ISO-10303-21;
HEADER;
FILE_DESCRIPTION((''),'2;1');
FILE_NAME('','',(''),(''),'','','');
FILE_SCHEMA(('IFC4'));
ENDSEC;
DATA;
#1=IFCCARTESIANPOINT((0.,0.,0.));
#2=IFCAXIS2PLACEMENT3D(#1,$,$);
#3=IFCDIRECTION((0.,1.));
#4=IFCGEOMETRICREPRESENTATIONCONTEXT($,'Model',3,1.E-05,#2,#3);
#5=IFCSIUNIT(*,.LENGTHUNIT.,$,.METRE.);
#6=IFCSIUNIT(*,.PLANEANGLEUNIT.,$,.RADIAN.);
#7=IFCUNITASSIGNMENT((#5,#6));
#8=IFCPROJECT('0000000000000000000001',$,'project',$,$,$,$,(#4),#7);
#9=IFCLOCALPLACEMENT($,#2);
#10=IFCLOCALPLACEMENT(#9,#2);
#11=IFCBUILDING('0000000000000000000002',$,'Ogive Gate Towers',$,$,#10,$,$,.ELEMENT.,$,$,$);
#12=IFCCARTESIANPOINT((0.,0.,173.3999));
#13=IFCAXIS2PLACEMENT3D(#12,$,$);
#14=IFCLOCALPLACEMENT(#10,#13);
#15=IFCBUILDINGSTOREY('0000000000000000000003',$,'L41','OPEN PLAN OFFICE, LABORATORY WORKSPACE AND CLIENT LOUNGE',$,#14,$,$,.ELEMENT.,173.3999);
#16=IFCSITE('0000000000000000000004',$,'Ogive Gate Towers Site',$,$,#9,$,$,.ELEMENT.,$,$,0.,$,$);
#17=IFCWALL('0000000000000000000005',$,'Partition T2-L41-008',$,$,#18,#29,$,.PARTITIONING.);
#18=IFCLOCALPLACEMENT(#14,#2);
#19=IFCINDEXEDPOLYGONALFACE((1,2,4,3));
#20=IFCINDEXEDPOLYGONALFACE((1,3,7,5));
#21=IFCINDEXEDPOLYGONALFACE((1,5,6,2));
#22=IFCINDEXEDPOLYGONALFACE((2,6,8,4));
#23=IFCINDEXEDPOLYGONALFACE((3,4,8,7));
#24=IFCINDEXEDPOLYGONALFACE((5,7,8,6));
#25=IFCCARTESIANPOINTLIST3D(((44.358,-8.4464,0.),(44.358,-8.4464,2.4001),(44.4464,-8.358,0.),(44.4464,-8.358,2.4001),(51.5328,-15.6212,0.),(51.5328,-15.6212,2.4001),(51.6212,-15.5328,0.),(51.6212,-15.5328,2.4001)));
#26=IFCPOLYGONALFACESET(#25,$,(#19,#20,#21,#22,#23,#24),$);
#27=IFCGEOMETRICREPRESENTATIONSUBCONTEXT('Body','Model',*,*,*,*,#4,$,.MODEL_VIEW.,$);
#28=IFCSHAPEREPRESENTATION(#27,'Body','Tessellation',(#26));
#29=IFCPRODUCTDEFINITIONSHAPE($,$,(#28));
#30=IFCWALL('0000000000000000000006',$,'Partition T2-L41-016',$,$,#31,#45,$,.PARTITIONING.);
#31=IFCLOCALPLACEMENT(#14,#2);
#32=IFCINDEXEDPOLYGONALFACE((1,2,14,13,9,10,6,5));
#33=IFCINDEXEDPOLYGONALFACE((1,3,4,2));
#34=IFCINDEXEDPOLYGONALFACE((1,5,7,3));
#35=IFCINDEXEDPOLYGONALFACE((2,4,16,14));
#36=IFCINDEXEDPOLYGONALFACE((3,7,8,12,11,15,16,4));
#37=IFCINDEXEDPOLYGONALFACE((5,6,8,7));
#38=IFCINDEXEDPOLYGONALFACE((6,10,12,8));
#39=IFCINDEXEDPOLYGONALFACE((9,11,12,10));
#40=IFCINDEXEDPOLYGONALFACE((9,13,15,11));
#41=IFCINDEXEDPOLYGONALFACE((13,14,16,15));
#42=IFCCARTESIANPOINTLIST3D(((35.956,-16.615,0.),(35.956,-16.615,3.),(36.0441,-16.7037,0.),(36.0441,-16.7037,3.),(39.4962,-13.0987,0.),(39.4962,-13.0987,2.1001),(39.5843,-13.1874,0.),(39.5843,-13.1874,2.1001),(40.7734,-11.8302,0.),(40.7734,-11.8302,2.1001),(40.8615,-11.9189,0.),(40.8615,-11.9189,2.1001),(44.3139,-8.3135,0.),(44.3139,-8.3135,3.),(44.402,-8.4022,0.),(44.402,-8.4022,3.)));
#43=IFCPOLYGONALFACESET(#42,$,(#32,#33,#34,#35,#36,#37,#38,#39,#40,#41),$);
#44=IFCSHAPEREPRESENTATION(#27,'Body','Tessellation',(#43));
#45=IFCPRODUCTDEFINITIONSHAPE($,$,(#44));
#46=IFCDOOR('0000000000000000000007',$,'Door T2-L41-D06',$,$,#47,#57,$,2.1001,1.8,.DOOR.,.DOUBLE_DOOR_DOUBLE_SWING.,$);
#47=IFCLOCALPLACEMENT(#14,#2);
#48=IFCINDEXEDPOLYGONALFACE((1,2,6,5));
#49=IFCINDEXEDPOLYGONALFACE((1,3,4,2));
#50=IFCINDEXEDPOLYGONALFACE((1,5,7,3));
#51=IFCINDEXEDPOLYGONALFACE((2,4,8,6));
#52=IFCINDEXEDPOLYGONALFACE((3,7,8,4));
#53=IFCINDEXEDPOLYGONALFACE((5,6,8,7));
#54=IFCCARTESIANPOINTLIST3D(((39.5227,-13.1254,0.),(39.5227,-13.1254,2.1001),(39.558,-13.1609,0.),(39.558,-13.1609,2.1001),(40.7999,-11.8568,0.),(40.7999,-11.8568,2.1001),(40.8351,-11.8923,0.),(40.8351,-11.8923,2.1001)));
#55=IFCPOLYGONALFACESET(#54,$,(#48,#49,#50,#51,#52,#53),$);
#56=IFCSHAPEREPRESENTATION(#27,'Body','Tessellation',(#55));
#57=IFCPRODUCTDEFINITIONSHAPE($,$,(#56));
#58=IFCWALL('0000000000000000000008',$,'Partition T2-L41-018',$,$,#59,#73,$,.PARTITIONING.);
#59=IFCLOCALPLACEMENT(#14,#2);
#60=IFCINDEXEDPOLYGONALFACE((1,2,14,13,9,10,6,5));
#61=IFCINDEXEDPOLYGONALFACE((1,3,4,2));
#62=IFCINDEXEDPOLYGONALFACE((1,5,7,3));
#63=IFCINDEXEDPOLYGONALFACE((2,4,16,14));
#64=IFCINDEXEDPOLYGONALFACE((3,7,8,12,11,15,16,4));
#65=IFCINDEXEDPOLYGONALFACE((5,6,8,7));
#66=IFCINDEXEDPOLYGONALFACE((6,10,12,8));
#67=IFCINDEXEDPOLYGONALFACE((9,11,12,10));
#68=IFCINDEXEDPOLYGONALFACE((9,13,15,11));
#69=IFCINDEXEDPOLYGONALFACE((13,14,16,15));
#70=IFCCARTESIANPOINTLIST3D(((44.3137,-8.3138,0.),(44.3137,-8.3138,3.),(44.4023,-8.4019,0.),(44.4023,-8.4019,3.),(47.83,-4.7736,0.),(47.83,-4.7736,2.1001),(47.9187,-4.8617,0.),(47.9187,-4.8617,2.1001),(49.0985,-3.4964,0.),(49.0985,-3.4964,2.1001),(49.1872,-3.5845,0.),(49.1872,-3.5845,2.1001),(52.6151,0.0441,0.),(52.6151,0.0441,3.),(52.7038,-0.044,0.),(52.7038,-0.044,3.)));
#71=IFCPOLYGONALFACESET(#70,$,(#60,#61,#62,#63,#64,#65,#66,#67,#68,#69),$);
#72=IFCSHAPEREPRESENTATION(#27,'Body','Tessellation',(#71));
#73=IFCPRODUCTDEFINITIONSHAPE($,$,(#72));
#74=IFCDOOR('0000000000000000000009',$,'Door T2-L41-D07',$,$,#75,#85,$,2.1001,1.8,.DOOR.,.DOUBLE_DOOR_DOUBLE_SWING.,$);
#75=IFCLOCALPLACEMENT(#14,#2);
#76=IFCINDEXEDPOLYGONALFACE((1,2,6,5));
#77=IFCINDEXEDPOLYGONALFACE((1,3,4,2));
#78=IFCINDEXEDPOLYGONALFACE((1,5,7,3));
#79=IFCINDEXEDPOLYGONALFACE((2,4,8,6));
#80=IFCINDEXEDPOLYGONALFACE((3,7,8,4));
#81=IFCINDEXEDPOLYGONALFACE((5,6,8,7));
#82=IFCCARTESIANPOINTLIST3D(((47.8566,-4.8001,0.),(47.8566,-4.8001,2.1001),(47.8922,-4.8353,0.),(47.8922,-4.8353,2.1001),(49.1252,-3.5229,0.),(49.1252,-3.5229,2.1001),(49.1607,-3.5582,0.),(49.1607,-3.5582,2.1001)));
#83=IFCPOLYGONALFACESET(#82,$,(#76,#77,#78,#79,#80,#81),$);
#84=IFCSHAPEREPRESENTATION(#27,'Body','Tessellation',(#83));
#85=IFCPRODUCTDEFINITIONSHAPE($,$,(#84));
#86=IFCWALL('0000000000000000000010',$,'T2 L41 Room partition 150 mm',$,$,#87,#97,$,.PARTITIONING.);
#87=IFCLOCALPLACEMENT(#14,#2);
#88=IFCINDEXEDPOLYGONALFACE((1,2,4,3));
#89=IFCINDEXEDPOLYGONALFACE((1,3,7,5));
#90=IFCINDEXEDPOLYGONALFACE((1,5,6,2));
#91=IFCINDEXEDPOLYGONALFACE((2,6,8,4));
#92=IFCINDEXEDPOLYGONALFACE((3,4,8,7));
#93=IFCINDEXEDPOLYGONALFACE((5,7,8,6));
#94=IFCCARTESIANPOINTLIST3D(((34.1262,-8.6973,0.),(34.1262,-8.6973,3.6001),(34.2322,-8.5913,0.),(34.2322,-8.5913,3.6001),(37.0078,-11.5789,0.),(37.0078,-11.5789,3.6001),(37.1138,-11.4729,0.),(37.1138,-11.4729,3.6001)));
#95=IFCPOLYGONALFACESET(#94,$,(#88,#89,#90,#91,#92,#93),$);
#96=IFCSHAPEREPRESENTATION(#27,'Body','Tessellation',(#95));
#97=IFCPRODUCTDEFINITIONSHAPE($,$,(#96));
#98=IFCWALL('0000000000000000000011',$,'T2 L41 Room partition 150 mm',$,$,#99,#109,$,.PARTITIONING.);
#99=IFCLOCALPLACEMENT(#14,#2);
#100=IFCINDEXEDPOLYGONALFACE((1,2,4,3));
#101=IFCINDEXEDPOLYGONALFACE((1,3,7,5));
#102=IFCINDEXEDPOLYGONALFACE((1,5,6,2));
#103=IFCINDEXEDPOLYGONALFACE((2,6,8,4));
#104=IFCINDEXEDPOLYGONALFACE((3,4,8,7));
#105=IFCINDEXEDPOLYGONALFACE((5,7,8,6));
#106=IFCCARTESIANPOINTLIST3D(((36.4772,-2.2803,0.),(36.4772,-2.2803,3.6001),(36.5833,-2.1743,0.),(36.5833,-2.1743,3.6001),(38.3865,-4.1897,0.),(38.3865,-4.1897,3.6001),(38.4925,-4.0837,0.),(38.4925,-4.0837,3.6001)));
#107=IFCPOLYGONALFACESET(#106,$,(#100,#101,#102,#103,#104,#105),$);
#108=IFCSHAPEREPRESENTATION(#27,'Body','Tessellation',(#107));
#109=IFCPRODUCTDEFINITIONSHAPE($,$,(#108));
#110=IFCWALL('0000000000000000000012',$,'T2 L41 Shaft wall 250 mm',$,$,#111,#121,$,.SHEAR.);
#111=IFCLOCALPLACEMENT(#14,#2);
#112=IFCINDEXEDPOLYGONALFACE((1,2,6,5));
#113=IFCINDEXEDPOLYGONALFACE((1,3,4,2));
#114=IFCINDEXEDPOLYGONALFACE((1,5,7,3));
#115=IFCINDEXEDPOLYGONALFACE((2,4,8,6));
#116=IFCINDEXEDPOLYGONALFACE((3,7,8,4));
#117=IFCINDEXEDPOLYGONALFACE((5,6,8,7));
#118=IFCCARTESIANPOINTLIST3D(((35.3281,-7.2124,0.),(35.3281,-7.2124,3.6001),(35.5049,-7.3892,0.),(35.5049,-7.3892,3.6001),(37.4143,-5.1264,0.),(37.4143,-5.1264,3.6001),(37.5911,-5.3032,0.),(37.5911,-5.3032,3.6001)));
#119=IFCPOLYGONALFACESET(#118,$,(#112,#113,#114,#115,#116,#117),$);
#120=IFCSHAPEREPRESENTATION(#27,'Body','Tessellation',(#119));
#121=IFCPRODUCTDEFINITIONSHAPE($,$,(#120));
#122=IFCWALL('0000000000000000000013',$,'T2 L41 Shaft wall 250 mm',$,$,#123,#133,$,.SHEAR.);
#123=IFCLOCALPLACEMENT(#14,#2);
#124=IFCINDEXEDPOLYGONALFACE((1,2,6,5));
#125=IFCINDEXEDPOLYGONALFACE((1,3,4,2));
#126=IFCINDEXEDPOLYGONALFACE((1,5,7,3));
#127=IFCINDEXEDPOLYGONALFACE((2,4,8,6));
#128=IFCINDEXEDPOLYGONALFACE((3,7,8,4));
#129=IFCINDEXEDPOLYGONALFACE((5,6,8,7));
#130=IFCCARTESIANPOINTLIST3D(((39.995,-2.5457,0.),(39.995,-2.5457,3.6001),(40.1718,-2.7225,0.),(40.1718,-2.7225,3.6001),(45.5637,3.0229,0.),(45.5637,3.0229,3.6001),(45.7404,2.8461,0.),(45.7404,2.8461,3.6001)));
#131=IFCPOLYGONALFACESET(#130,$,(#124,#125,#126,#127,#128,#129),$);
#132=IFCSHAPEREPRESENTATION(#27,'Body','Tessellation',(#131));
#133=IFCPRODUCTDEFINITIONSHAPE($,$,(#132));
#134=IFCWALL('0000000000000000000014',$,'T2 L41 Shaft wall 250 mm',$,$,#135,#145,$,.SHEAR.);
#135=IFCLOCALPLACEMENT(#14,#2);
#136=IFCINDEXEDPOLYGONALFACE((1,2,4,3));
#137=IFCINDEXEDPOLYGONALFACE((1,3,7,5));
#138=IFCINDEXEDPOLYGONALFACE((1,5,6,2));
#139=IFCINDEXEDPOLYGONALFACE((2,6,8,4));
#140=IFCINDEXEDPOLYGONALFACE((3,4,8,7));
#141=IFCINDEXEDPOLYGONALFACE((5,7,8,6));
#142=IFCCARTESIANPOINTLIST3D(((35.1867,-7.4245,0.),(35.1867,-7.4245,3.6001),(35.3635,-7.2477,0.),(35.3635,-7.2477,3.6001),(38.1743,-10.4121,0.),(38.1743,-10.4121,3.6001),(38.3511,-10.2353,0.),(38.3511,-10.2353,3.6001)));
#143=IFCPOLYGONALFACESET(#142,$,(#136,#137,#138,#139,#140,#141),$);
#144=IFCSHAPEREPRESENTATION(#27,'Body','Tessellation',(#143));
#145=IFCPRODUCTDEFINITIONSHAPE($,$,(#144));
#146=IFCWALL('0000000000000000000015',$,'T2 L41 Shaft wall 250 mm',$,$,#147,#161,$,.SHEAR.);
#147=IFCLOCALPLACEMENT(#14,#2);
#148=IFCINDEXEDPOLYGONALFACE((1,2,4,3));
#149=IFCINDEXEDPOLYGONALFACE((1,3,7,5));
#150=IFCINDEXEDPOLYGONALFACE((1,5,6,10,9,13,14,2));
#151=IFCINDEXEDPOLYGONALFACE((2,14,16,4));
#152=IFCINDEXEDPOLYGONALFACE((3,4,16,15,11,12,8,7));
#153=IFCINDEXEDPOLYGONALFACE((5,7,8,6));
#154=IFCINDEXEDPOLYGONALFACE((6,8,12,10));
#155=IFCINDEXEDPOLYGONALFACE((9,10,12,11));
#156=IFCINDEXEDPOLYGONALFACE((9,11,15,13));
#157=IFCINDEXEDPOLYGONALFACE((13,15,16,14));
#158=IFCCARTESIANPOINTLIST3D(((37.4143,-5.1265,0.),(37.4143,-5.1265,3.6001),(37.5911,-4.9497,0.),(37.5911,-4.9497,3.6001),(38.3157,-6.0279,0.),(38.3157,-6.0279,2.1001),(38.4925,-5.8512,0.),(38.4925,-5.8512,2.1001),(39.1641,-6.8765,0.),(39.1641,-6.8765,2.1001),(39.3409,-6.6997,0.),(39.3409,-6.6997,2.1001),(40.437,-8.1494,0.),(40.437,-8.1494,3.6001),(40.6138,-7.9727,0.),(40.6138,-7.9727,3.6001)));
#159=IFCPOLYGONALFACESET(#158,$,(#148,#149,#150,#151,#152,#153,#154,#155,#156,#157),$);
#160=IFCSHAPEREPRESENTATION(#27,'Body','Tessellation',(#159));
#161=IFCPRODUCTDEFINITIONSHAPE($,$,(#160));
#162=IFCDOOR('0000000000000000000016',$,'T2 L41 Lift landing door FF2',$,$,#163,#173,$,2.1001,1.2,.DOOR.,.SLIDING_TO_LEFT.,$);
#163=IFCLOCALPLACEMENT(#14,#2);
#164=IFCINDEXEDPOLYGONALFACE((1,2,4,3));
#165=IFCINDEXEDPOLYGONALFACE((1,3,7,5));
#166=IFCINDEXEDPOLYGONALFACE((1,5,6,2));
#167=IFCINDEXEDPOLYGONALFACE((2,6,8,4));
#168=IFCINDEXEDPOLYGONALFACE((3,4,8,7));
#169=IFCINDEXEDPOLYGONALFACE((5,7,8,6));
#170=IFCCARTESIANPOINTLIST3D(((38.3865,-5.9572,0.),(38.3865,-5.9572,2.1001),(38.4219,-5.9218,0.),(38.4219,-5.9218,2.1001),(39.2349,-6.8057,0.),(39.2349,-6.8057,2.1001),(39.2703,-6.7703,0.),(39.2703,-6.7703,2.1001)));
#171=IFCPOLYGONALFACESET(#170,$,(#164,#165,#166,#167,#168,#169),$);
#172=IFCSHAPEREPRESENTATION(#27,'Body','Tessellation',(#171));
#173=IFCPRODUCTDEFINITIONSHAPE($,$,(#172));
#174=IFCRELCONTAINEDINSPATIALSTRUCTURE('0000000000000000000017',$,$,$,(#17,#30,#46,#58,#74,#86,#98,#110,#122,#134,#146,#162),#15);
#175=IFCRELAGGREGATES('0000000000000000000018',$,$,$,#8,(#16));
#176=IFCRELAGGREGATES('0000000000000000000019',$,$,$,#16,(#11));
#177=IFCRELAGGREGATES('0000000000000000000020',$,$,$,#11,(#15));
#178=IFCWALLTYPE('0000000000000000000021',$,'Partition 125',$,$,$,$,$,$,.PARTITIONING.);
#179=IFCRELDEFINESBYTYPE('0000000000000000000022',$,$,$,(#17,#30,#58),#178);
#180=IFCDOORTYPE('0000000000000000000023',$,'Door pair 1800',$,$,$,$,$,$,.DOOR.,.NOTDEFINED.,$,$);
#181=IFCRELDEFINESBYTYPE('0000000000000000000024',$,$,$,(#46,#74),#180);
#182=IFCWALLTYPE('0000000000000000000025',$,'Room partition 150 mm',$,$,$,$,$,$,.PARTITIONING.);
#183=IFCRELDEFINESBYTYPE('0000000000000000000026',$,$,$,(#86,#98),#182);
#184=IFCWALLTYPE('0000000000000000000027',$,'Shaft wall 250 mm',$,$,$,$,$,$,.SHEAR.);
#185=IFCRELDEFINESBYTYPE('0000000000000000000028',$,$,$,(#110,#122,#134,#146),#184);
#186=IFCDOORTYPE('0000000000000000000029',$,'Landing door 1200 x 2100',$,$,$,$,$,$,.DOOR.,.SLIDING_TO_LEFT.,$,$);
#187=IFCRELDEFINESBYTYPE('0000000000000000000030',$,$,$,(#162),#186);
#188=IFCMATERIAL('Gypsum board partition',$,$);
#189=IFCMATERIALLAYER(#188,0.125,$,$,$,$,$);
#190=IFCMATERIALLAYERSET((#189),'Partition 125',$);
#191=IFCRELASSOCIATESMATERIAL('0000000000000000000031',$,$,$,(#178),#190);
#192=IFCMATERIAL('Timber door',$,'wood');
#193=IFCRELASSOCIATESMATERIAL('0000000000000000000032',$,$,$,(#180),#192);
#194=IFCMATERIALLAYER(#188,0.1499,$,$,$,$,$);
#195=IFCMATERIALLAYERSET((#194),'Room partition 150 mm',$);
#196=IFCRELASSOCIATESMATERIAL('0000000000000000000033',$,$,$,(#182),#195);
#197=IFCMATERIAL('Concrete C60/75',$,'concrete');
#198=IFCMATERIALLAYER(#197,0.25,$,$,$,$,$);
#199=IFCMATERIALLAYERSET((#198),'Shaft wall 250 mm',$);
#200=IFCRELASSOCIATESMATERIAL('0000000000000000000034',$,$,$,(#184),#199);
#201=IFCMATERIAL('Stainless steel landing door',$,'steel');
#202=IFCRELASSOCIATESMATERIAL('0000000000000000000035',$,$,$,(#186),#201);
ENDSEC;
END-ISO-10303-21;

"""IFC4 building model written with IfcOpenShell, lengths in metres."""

from ifc_helpers import new_model, si_unit, direction, frame, frame_2d, origin, place, context, subcontext, project, spatial, rectangle, extrude, material, layer, layer_set, type_object, element, fill, save


model = new_model("IFC4")

# Units and contexts
model_context = context("Model", 3, precision=1e-05, world=origin(), true_north=direction((0.0, 1.0)))
body_context = subcontext(model_context, "Body", "Model", "MODEL_VIEW")
ifc_project = project(units=[si_unit("LENGTHUNIT", "METRE"), si_unit("PLANEANGLEUNIT", "RADIAN")], contexts=[model_context])

# Site, building, storey
site_placement = place(None, origin())
site = spatial("IfcSite", under=ifc_project, at=site_placement, Name="Ogive Gate Towers Site", CompositionType="ELEMENT", RefElevation=0.0)
building_placement = place(site_placement, origin())
building = spatial("IfcBuilding", under=site, at=building_placement, Name="Ogive Gate Towers", CompositionType="ELEMENT")
storey_placement = place(building_placement, frame((0.0, 0.0, 173.3999)))
storey = spatial("IfcBuildingStorey", under=building, at=storey_placement, Name="L41", Description="OPEN PLAN OFFICE, LABORATORY WORKSPACE AND CLIENT LOUNGE", CompositionType="ELEMENT", Elevation=173.3999)

# Shared definitions
ifc_material_1 = material(Name="Concrete C60/75", Category="concrete")
ifc_material_2 = material(Name="Timber door", Category="wood")

# Wall
ifc_material_3 = material(Name="Gypsum board partition")
ifc_layer_1 = layer(ifc_material_3, 0.125)
ifc_layer_set_1 = layer_set([ifc_layer_1], Name="Partition 125")
wall_type_1 = type_object("IfcWallType", Name="Partition 125", PredefinedType="PARTITIONING", material=ifc_layer_set_1)
wall_1_placement = place(storey_placement, frame((51.5769, -15.5769, 0.0), z_axis=(0.0, 0.0, 1.0), x_axis=(-0.707107, 0.707107, 0.0)))
element("IfcWall", 1, at=wall_1_placement, inside=storey, type_object=wall_type_1, Name="Partition T2-L41-008", PredefinedType="PARTITIONING", context=body_context, shape_type="SweptSolid", body=[
    extrude(rectangle(XDim=10.1467, YDim=0.125, at=frame_2d((5.0732, 0.0))), origin(), (0.0, 0.0, 1.0), 2.4001),
])

# Walls, openings, doors
wall_2_placement = place(storey_placement, frame((36.0, -16.6594, 0.0), z_axis=(0.0, 0.0, 1.0), x_axis=(0.709496, 0.704709, 0.0)))
wall_2 = element("IfcWall", 2, at=wall_2_placement, inside=storey, type_object=wall_type_1, Name="Partition T2-L41-016", PredefinedType="PARTITIONING", context=body_context, shape_type="SweptSolid", body=[
    extrude(rectangle(XDim=11.78, YDim=0.125, at=frame_2d((5.8901, 0.0))), origin(), (0.0, 0.0, 1.0), 3.0),
])
opening_1_placement = place(wall_2_placement, frame((4.99, 0.0, 0.0)))
opening_1 = element("IfcOpeningElement", 3, at=opening_1_placement, cuts=wall_2, PredefinedType="OPENING", context=body_context, shape_type="SweptSolid", body=[
    extrude(rectangle(XDim=1.8, YDim=2.1001, at=frame_2d((0.8999, 1.05))), frame((0.0, 0.0725, 0.0), z_axis=(0.0, -1.0, 0.0), x_axis=(1.0, 0.0, 0.0)), (0.0, 0.0, 1.0), 0.145),
])
door_type_1 = type_object("IfcDoorType", Name="Door pair 1800", OperationType="NOTDEFINED", PredefinedType="DOOR", material=ifc_material_2)
door_1_placement = place(opening_1_placement, origin())
door_1 = element("IfcDoor", 4, at=door_1_placement, inside=storey, type_object=door_type_1, Name="Door T2-L41-D06", OperationType="DOUBLE_DOOR_DOUBLE_SWING", OverallHeight=2.1001, OverallWidth=1.8, PredefinedType="DOOR", context=body_context, shape_type="SweptSolid", body=[
    extrude(rectangle(XDim=1.8, YDim=2.1001, at=frame_2d((0.8999, 1.05))), frame((0.0, 0.0249, 0.0), z_axis=(0.0, -1.0, 0.0), x_axis=(1.0, 0.0, 0.0)), (0.0, 0.0, 1.0), 0.05),
])
fill(opening_1, door_1)
wall_3_placement = place(storey_placement, frame((44.3579, -8.3579, 0.0), z_axis=(0.0, 0.0, 1.0), x_axis=(0.704709, 0.709496, 0.0)))
wall_3 = element("IfcWall", 5, at=wall_3_placement, inside=storey, type_object=wall_type_1, Name="Partition T2-L41-018", PredefinedType="PARTITIONING", context=body_context, shape_type="SweptSolid", body=[
    extrude(rectangle(XDim=11.78, YDim=0.125, at=frame_2d((5.8901, 0.0))), origin(), (0.0, 0.0, 1.0), 3.0),
])
opening_2_placement = place(wall_3_placement, frame((4.99, 0.0, 0.0)))
opening_2 = element("IfcOpeningElement", 6, at=opening_2_placement, cuts=wall_3, PredefinedType="OPENING", context=body_context, shape_type="SweptSolid", body=[
    extrude(rectangle(XDim=1.8, YDim=2.1001, at=frame_2d((0.8999, 1.05))), frame((0.0, 0.0725, 0.0), z_axis=(0.0, -1.0, 0.0), x_axis=(1.0, 0.0, 0.0)), (0.0, 0.0, 1.0), 0.145),
])
door_2_placement = place(opening_2_placement, origin())
door_2 = element("IfcDoor", 7, at=door_2_placement, inside=storey, type_object=door_type_1, Name="Door T2-L41-D07", OperationType="DOUBLE_DOOR_DOUBLE_SWING", OverallHeight=2.1001, OverallWidth=1.8, PredefinedType="DOOR", context=body_context, shape_type="SweptSolid", body=[
    extrude(rectangle(XDim=1.8, YDim=2.1001, at=frame_2d((0.8999, 1.05))), frame((0.0, 0.0249, 0.0), z_axis=(0.0, -1.0, 0.0), x_axis=(1.0, 0.0, 0.0)), (0.0, 0.0, 1.0), 0.05),
])
fill(opening_2, door_2)

# Walls
ifc_layer_2 = layer(ifc_material_3, 0.1499)
ifc_layer_set_2 = layer_set([ifc_layer_2], Name="Room partition 150 mm")
wall_type_2 = type_object("IfcWallType", Name="Room partition 150 mm", PredefinedType="PARTITIONING", material=ifc_layer_set_2)
wall_4_placement = place(storey_placement, frame((37.0608, -11.5259, 0.0), z_axis=(0.0, 0.0, 1.0), x_axis=(-0.707107, 0.707107, 0.0)))
element("IfcWall", 8, at=wall_4_placement, inside=storey, type_object=wall_type_2, Name="T2 L41 Room partition 150 mm", PredefinedType="PARTITIONING", context=body_context, shape_type="SweptSolid", body=[
    extrude(rectangle(XDim=4.0752, YDim=0.1499, at=frame_2d((2.0376, 0.0))), origin(), (0.0, 0.0, 1.0), 3.6001),
])
wall_5_placement = place(storey_placement, frame((38.4395, -4.1367, 0.0), z_axis=(0.0, 0.0, 1.0), x_axis=(-0.707062, 0.707152, 0.0)))
element("IfcWall", 9, at=wall_5_placement, inside=storey, type_object=wall_type_2, Name="T2 L41 Room partition 150 mm", PredefinedType="PARTITIONING", context=body_context, shape_type="SweptSolid", body=[
    extrude(rectangle(XDim=2.7002, YDim=0.1499, at=frame_2d((1.3501, 0.0))), origin(), (0.0, 0.0, 1.0), 3.6001),
])
ifc_layer_3 = layer(ifc_material_1, 0.25)
ifc_layer_set_3 = layer_set([ifc_layer_3], Name="Shaft wall 250 mm")
wall_type_3 = type_object("IfcWallType", Name="Shaft wall 250 mm", PredefinedType="SHEAR", material=ifc_layer_set_3)
wall_6_placement = place(storey_placement, frame((35.4165, -7.3008, 0.0), z_axis=(0.0, 0.0, 1.0), x_axis=(0.707148, 0.707065, 0.0)))
element("IfcWall", 10, at=wall_6_placement, inside=storey, type_object=wall_type_3, Name="T2 L41 Shaft wall 250 mm", PredefinedType="SHEAR", context=body_context, shape_type="SweptSolid", body=[
    extrude(rectangle(XDim=2.9502, YDim=0.25, at=frame_2d((1.4751, 0.0))), origin(), (0.0, 0.0, 1.0), 3.6001),
])
wall_7_placement = place(storey_placement, frame((40.0835, -2.634, 0.0), z_axis=(0.0, 0.0, 1.0), x_axis=(0.707107, 0.707107, 0.0)))
element("IfcWall", 11, at=wall_7_placement, inside=storey, type_object=wall_type_3, Name="T2 L41 Shaft wall 250 mm", PredefinedType="SHEAR", context=body_context, shape_type="SweptSolid", body=[
    extrude(rectangle(XDim=7.8752, YDim=0.25, at=frame_2d((3.9375, 0.0))), origin(), (0.0, 0.0, 1.0), 3.6001),
])
wall_8_placement = place(storey_placement, frame((38.2627, -10.3237, 0.0), z_axis=(0.0, 0.0, 1.0), x_axis=(-0.707107, 0.707107, 0.0)))
element("IfcWall", 12, at=wall_8_placement, inside=storey, type_object=wall_type_3, Name="T2 L41 Shaft wall 250 mm", PredefinedType="SHEAR", context=body_context, shape_type="SweptSolid", body=[
    extrude(rectangle(XDim=4.2251, YDim=0.25, at=frame_2d((2.1125, 0.0))), origin(), (0.0, 0.0, 1.0), 3.6001),
])

# Wall, opening, door
wall_9_placement = place(storey_placement, frame((40.5254, -8.061, 0.0), z_axis=(0.0, 0.0, 1.0), x_axis=(-0.707078, 0.707135, 0.0)))
wall_9 = element("IfcWall", 13, at=wall_9_placement, inside=storey, type_object=wall_type_3, Name="T2 L41 Shaft wall 250 mm", PredefinedType="SHEAR", context=body_context, shape_type="SweptSolid", body=[
    extrude(rectangle(XDim=4.2749, YDim=0.25, at=frame_2d((2.1375, 0.0))), origin(), (0.0, 0.0, 1.0), 3.6001),
])
opening_3_placement = place(wall_9_placement, frame((1.8, 0.0, 0.0)))
opening_3 = element("IfcOpeningElement", 14, at=opening_3_placement, cuts=wall_9, PredefinedType="OPENING", context=body_context, shape_type="SweptSolid", body=[
    extrude(rectangle(XDim=1.2, YDim=2.1001, at=frame_2d((0.6001, 1.05))), frame((0.0, 0.135, 0.0), z_axis=(0.0, -1.0, 0.0), x_axis=(1.0, 0.0, 0.0)), (0.0, 0.0, 1.0), 0.27),
])
ifc_material_4 = material(Name="Stainless steel landing door", Category="steel")
door_type_2 = type_object("IfcDoorType", Name="Landing door 1200 x 2100", OperationType="SLIDING_TO_LEFT", PredefinedType="DOOR", material=ifc_material_4)
door_3_placement = place(opening_3_placement, origin())
door_3 = element("IfcDoor", 15, at=door_3_placement, inside=storey, type_object=door_type_2, Name="T2 L41 Lift landing door FF2", OperationType="SLIDING_TO_LEFT", OverallHeight=2.1001, OverallWidth=1.2, PredefinedType="DOOR", context=body_context, shape_type="SweptSolid", body=[
    extrude(rectangle(XDim=1.2, YDim=2.1001, at=frame_2d((0.6001, 1.05))), frame((0.0, 0.0249, 0.0), z_axis=(0.0, -1.0, 0.0), x_axis=(1.0, 0.0, 0.0)), (0.0, 0.0, 1.0), 0.05),
])
fill(opening_3, door_3)

save(model, "model.ifc")
